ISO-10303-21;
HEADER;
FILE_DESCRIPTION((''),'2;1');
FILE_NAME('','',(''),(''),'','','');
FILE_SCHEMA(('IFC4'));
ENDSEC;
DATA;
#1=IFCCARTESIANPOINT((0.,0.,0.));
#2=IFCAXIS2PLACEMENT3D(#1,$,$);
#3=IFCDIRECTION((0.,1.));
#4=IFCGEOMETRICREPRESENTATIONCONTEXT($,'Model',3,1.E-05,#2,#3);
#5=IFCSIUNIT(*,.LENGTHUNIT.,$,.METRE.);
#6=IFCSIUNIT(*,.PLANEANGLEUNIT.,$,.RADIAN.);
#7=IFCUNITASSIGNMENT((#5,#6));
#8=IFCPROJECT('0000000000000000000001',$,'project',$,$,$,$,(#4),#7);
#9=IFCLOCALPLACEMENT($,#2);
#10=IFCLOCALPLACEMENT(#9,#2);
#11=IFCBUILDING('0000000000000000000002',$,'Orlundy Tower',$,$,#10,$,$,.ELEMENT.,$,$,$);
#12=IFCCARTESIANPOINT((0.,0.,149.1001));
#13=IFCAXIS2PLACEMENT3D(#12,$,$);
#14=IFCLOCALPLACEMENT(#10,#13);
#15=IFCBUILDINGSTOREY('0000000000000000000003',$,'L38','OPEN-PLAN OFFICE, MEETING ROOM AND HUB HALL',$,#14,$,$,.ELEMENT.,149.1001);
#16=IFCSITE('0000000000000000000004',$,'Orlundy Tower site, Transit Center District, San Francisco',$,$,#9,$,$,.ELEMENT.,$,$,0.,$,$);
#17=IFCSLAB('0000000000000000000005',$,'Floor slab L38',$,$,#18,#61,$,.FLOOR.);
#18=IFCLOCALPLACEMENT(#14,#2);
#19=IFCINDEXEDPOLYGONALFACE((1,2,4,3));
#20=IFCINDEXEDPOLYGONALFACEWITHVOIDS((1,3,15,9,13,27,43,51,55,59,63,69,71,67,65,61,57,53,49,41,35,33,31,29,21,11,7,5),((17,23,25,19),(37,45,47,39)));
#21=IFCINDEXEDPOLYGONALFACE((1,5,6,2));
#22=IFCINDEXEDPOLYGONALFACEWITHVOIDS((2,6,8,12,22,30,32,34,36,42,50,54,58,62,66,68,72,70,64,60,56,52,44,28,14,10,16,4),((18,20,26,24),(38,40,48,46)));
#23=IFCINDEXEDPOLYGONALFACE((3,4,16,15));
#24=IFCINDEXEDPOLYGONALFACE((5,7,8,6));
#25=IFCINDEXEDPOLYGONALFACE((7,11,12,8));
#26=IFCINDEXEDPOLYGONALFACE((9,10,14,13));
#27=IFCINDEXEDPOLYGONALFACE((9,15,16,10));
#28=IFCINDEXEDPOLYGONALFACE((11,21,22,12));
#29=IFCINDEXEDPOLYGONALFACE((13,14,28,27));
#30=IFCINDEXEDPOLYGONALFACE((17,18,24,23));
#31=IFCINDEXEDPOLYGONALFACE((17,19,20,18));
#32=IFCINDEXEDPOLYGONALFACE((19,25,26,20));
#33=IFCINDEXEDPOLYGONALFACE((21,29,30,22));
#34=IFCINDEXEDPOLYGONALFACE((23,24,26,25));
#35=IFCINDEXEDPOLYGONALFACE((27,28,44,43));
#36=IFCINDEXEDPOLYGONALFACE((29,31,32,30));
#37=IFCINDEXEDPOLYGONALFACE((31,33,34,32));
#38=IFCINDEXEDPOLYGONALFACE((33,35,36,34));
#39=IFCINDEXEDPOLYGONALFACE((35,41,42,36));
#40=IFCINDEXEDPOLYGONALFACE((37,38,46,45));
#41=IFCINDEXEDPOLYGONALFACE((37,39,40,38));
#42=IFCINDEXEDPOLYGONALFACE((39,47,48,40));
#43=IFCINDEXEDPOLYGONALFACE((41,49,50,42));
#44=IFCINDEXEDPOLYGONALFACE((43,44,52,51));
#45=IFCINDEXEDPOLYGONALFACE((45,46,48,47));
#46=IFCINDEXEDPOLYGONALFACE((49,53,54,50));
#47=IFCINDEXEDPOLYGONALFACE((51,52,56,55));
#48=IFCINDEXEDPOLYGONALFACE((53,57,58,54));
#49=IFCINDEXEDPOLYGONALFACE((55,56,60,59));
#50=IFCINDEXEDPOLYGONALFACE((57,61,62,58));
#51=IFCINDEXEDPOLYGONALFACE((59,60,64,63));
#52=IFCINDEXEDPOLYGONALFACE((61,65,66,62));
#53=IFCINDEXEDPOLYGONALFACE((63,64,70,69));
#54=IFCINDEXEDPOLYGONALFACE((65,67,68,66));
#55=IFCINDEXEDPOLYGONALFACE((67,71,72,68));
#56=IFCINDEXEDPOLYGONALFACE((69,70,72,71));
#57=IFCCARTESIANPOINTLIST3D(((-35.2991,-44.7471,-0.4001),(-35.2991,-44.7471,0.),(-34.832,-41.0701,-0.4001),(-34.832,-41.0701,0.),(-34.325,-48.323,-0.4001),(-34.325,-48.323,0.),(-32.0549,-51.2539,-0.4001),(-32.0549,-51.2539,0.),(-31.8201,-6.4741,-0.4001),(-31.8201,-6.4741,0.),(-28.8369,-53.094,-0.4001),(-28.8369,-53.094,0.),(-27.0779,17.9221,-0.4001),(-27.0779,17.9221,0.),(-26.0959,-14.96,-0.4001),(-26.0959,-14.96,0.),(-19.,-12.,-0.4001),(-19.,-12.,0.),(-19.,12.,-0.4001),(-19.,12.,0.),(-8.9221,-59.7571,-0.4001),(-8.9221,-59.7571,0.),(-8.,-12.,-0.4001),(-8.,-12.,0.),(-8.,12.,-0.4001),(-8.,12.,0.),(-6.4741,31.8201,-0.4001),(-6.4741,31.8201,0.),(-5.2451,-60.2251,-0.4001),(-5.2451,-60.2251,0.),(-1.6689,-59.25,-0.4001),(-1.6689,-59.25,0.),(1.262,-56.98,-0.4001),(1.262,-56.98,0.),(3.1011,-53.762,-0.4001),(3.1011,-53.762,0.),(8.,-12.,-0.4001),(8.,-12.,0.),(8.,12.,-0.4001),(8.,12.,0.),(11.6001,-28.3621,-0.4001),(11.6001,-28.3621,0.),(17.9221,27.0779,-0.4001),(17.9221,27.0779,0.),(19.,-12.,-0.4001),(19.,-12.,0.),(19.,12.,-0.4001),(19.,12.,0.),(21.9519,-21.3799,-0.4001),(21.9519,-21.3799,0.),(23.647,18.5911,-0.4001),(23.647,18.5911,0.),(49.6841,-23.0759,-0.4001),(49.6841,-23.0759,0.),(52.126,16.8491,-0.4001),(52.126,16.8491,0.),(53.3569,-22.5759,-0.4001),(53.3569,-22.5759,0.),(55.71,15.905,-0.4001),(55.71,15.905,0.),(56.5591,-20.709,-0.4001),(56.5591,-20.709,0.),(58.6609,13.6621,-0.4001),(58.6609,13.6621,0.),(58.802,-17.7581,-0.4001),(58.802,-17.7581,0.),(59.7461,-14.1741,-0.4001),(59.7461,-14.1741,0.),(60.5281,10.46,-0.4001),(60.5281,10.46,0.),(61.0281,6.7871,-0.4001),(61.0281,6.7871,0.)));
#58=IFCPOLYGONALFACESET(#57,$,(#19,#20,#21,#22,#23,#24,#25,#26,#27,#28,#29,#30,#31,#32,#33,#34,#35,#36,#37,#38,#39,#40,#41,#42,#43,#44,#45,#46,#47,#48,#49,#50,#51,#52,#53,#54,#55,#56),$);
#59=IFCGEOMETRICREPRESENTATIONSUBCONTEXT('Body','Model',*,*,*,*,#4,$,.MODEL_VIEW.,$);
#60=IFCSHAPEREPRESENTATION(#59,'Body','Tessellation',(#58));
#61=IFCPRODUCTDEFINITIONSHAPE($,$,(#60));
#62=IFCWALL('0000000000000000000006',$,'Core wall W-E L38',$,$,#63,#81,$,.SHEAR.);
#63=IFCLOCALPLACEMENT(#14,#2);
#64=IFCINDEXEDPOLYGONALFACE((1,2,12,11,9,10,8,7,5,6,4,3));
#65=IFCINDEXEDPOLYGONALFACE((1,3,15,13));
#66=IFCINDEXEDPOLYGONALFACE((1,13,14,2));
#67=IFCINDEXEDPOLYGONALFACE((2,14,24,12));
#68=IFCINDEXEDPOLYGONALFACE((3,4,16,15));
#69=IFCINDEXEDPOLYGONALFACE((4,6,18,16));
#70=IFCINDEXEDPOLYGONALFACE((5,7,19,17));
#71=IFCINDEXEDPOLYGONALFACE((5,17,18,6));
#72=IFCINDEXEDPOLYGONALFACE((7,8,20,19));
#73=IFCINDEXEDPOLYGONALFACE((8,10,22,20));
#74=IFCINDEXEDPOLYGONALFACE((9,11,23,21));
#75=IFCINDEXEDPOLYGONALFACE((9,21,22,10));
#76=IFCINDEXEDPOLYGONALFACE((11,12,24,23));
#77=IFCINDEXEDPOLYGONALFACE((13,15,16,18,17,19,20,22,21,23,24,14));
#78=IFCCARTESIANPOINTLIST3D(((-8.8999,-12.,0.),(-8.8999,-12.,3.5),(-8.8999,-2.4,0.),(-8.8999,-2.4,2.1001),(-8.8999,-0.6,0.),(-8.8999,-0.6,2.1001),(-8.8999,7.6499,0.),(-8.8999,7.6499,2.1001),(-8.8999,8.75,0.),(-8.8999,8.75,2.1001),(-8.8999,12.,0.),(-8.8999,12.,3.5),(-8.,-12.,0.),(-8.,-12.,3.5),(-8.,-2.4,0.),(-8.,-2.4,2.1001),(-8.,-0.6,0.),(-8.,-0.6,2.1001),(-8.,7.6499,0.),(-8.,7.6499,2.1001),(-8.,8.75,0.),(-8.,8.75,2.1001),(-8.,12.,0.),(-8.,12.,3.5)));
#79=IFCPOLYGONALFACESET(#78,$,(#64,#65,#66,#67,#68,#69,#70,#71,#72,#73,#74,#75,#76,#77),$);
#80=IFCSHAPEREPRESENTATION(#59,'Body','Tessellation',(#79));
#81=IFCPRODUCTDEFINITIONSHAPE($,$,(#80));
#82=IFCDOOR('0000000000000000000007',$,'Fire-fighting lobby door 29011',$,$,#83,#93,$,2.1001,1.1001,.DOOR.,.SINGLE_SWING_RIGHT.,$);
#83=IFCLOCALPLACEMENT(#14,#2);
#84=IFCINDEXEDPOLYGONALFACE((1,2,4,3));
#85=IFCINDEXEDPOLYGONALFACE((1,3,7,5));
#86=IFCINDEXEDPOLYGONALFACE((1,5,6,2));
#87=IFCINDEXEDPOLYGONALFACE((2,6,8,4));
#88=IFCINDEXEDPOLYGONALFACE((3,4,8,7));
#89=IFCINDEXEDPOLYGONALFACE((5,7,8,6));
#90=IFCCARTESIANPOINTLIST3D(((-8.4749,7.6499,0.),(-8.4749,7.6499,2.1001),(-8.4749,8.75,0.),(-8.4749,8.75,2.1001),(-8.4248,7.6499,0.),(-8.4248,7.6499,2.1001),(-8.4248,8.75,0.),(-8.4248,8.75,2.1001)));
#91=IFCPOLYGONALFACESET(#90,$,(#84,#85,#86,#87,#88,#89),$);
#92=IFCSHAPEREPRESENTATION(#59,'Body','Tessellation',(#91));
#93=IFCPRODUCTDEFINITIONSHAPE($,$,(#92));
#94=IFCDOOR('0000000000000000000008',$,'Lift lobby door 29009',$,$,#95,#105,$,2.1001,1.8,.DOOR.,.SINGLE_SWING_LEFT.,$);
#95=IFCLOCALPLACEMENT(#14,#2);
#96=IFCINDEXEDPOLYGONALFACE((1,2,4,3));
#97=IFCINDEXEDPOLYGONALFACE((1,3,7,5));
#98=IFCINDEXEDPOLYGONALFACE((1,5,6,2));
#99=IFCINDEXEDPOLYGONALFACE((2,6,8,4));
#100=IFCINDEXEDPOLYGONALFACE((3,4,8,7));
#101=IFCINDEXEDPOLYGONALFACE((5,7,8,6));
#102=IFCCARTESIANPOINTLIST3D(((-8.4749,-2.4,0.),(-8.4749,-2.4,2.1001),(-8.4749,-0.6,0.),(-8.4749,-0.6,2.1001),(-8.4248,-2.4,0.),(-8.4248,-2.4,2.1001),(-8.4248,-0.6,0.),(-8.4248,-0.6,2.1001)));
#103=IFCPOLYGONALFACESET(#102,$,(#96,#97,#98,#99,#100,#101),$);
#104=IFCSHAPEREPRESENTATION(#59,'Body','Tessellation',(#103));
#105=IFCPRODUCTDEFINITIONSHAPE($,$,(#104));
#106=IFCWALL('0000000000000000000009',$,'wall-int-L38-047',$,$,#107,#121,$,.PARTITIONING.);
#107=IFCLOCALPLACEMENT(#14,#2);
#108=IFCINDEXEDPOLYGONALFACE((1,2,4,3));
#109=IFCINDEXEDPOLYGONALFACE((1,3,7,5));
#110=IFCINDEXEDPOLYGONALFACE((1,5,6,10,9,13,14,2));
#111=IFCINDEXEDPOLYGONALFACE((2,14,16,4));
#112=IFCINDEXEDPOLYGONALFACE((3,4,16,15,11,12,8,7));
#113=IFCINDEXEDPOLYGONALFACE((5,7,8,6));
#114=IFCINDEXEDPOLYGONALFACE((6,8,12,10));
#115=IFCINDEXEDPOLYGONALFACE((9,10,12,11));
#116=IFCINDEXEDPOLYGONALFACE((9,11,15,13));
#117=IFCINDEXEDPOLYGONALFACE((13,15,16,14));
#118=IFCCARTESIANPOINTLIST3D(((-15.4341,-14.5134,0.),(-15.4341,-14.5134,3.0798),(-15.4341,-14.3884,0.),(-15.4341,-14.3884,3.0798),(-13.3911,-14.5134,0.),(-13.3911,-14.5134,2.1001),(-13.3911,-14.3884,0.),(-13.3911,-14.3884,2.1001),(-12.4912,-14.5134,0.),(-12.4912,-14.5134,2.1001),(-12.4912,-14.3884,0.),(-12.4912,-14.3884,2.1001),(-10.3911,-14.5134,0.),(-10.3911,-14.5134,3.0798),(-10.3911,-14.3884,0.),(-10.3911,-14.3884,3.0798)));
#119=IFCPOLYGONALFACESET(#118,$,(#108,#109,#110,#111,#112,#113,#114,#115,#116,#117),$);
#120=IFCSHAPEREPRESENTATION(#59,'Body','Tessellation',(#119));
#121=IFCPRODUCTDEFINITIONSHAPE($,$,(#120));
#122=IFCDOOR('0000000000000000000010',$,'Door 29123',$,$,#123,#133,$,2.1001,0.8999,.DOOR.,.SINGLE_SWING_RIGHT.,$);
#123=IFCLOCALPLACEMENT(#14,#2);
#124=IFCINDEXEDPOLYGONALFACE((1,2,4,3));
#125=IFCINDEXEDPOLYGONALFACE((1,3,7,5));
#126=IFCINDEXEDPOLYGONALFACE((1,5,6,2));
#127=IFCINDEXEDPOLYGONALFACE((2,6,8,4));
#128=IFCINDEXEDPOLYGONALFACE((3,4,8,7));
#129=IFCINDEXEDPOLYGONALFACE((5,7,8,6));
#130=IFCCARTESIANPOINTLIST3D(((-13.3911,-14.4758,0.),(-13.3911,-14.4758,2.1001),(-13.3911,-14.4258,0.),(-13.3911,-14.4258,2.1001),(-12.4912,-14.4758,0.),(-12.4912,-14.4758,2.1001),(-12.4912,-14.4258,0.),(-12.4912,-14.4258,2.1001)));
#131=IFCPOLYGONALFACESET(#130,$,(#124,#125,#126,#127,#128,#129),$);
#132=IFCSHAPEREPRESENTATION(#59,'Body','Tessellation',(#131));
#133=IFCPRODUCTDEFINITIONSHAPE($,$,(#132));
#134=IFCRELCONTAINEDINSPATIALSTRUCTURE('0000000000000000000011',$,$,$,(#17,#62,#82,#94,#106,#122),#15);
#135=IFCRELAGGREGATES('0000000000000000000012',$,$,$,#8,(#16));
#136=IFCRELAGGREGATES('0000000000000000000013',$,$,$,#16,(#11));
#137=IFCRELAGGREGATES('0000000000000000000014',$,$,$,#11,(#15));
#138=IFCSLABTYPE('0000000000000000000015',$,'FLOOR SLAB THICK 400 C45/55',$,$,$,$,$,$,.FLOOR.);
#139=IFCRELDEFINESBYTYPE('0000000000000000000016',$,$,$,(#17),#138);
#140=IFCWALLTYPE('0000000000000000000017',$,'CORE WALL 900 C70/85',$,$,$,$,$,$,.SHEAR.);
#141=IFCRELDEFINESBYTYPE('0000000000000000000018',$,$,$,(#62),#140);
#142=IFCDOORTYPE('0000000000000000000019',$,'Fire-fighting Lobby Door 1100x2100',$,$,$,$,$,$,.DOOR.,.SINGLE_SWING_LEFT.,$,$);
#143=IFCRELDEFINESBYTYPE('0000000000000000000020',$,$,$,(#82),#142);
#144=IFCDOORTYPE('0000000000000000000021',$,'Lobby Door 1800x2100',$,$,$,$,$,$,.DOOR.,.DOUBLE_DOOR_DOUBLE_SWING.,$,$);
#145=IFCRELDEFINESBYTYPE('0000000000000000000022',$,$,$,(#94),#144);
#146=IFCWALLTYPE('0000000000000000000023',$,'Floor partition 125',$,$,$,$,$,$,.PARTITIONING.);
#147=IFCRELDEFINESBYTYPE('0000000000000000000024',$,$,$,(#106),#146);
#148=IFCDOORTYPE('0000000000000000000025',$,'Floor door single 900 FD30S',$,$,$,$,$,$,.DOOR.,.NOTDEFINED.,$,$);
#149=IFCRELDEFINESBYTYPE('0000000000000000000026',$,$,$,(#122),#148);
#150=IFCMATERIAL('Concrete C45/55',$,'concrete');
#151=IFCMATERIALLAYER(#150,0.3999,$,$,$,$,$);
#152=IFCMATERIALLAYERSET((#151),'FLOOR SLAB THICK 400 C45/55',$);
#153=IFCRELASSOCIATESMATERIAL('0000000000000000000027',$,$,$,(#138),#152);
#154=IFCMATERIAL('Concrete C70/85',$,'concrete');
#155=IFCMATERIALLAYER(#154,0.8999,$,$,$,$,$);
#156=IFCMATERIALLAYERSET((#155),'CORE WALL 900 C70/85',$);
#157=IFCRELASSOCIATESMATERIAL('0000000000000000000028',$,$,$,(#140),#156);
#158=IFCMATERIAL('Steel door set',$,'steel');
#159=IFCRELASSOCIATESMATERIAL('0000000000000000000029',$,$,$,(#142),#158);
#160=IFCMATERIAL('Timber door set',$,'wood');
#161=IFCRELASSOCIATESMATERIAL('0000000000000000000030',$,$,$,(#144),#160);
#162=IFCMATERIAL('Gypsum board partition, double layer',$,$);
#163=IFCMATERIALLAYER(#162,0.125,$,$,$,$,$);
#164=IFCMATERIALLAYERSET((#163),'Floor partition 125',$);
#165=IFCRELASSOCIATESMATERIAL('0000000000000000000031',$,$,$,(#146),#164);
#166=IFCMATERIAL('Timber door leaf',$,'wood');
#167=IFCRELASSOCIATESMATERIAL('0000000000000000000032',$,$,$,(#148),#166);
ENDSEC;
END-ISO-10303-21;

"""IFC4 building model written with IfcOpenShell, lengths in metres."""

from ifc_helpers import new_model, si_unit, direction, frame, frame_2d, origin, place, context, subcontext, project, spatial, polyline, rectangle, outline, extrude, material, layer, layer_set, type_object, element, fill, save


model = new_model("IFC4")

# Units and contexts
model_context = context("Model", 3, precision=1e-05, world=origin(), true_north=direction((0.0, 1.0)))
body_context = subcontext(model_context, "Body", "Model", "MODEL_VIEW")
ifc_project = project(units=[si_unit("LENGTHUNIT", "METRE"), si_unit("PLANEANGLEUNIT", "RADIAN")], contexts=[model_context])

# Site, building, storey
site_placement = place(None, origin())
site = spatial("IfcSite", under=ifc_project, at=site_placement, Name="Orlundy Tower site, Transit Center District, San Francisco", CompositionType="ELEMENT", RefElevation=0.0)
building_placement = place(site_placement, origin())
building = spatial("IfcBuilding", under=site, at=building_placement, Name="Orlundy Tower", CompositionType="ELEMENT")
storey_placement = place(building_placement, frame((0.0, 0.0, 149.1001)))
storey = spatial("IfcBuildingStorey", under=building, at=storey_placement, Name="L38", Description="OPEN-PLAN OFFICE, MEETING ROOM AND HUB HALL", CompositionType="ELEMENT", Elevation=149.1001)

# Slab
ifc_material_1 = material(Name="Concrete C45/55", Category="concrete")
ifc_layer_1 = layer(ifc_material_1, 0.3999)
ifc_layer_set_1 = layer_set([ifc_layer_1], Name="FLOOR SLAB THICK 400 C45/55")
slab_type_1 = type_object("IfcSlabType", Name="FLOOR SLAB THICK 400 C45/55", PredefinedType="FLOOR", material=ifc_layer_set_1)
slab_1_placement = place(storey_placement, frame((0.0, 0.0, -0.4001)))
element("IfcSlab", 1, at=slab_1_placement, inside=storey, type_object=slab_type_1, Name="Floor slab L38", PredefinedType="FLOOR", context=body_context, shape_type="SweptSolid", body=[
    extrude(outline(polyline([(21.9519, -21.3799), (11.6001, -28.3621), (3.1011, -53.762), (1.262, -56.98), (-1.6689, -59.25), (-5.2451, -60.2251), (-8.9221, -59.7571), (-28.8369, -53.094), (-32.0549, -51.2539), (-34.325, -48.323), (-35.2991, -44.7471), (-34.832, -41.0701), (-26.0959, -14.96), (-31.8201, -6.4741), (-27.0779, 17.9221), (-6.4741, 31.8201), (17.9221, 27.0779), (23.647, 18.5911), (52.126, 16.8491), (55.71, 15.905), (58.6609, 13.6621), (60.5281, 10.46), (61.0281, 6.7871), (59.7461, -14.1741), (58.802, -17.7581), (56.5591, -20.709), (53.3569, -22.5759), (49.6841, -23.0759), (21.9519, -21.3799)]), holes=[polyline([(-8.0, -12.0), (-8.0, 12.0), (-19.0, 12.0), (-19.0, -12.0), (-8.0, -12.0)]), polyline([(19.0, -12.0), (19.0, 12.0), (8.0, 12.0), (8.0, -12.0), (19.0, -12.0)])]), origin(), (0.0, 0.0, 1.0), 0.4001),
])

# Wall, openings, doors
ifc_material_2 = material(Name="Concrete C70/85", Category="concrete")
ifc_layer_2 = layer(ifc_material_2, 0.8999)
ifc_layer_set_2 = layer_set([ifc_layer_2], Name="CORE WALL 900 C70/85")
wall_type_1 = type_object("IfcWallType", Name="CORE WALL 900 C70/85", PredefinedType="SHEAR", material=ifc_layer_set_2)
wall_1_placement = place(storey_placement, frame((-8.45, -12.0, 0.0), z_axis=(0.0, 0.0, 1.0), x_axis=(0.0, 1.0, 0.0)))
wall_1 = element("IfcWall", 2, at=wall_1_placement, inside=storey, type_object=wall_type_1, Name="Core wall W-E L38", PredefinedType="SHEAR", context=body_context, shape_type="SweptSolid", body=[
    extrude(rectangle(XDim=24.0, YDim=0.8999, at=frame_2d((12.0, 0.0))), origin(), (0.0, 0.0, 1.0), 3.5),
])
opening_1_placement = place(wall_1_placement, frame((9.6001, 0.0, 0.0)))
opening_1 = element("IfcOpeningElement", 3, at=opening_1_placement, cuts=wall_1, PredefinedType="OPENING", context=body_context, shape_type="SweptSolid", body=[
    extrude(rectangle(XDim=1.8, YDim=2.1001, at=frame_2d((0.8999, 1.05))), frame((0.0, 0.46, 0.0), z_axis=(0.0, -1.0, 0.0), x_axis=(1.0, 0.0, 0.0)), (0.0, 0.0, 1.0), 0.9199),
])
opening_2_placement = place(wall_1_placement, frame((19.6499, 0.0, 0.0)))
opening_2 = element("IfcOpeningElement", 4, at=opening_2_placement, cuts=wall_1, PredefinedType="OPENING", context=body_context, shape_type="SweptSolid", body=[
    extrude(rectangle(XDim=1.1001, YDim=2.1001, at=frame_2d((0.55, 1.05))), frame((0.0, 0.46, 0.0), z_axis=(0.0, -1.0, 0.0), x_axis=(1.0, 0.0, 0.0)), (0.0, 0.0, 1.0), 0.9199),
])
ifc_material_3 = material(Name="Steel door set", Category="steel")
door_type_1 = type_object("IfcDoorType", Name="Fire-fighting Lobby Door 1100x2100", OperationType="SINGLE_SWING_LEFT", PredefinedType="DOOR", material=ifc_material_3)
door_1_placement = place(opening_2_placement, origin())
door_1 = element("IfcDoor", 5, at=door_1_placement, inside=storey, type_object=door_type_1, Name="Fire-fighting lobby door 29011", OperationType="SINGLE_SWING_RIGHT", OverallHeight=2.1001, OverallWidth=1.1001, PredefinedType="DOOR", context=body_context, shape_type="SweptSolid", body=[
    extrude(rectangle(XDim=1.1001, YDim=2.1001, at=frame_2d((0.55, 1.05))), frame((0.0, 0.0249, 0.0), z_axis=(0.0, -1.0, 0.0), x_axis=(1.0, 0.0, 0.0)), (0.0, 0.0, 1.0), 0.05),
])
fill(opening_2, door_1)
ifc_material_4 = material(Name="Timber door set", Category="wood")
door_type_2 = type_object("IfcDoorType", Name="Lobby Door 1800x2100", OperationType="DOUBLE_DOOR_DOUBLE_SWING", PredefinedType="DOOR", material=ifc_material_4)
door_2_placement = place(opening_1_placement, origin())
door_2 = element("IfcDoor", 6, at=door_2_placement, inside=storey, type_object=door_type_2, Name="Lift lobby door 29009", OperationType="SINGLE_SWING_LEFT", OverallHeight=2.1001, OverallWidth=1.8, PredefinedType="DOOR", context=body_context, shape_type="SweptSolid", body=[
    extrude(rectangle(XDim=1.8, YDim=2.1001, at=frame_2d((0.8999, 1.05))), frame((0.0, 0.0249, 0.0), z_axis=(0.0, -1.0, 0.0), x_axis=(1.0, 0.0, 0.0)), (0.0, 0.0, 1.0), 0.05),
])
fill(opening_1, door_2)

# Wall, opening, door
ifc_material_5 = material(Name="Gypsum board partition, double layer")
ifc_layer_3 = layer(ifc_material_5, 0.125)
ifc_layer_set_3 = layer_set([ifc_layer_3], Name="Floor partition 125")
wall_type_2 = type_object("IfcWallType", Name="Floor partition 125", PredefinedType="PARTITIONING", material=ifc_layer_set_3)
wall_2_placement = place(storey_placement, frame((-10.3911, -14.4509, 0.0), z_axis=(0.0, 0.0, 1.0), x_axis=(-1.0, 0.0, 0.0)))
wall_2 = element("IfcWall", 7, at=wall_2_placement, inside=storey, type_object=wall_type_2, Name="wall-int-L38-047", PredefinedType="PARTITIONING", context=body_context, shape_type="SweptSolid", body=[
    extrude(rectangle(XDim=5.043, YDim=0.125, at=frame_2d((2.5215, 0.0))), origin(), (0.0, 0.0, 1.0), 3.0798),
])
opening_3_placement = place(wall_2_placement, frame((2.1001, 0.0, 0.0)))
opening_3 = element("IfcOpeningElement", 8, at=opening_3_placement, cuts=wall_2, PredefinedType="OPENING", context=body_context, shape_type="SweptSolid", body=[
    extrude(rectangle(XDim=0.8999, YDim=2.1001, at=frame_2d((0.45, 1.05))), frame((0.0, 0.0725, 0.0), z_axis=(0.0, -1.0, 0.0), x_axis=(1.0, 0.0, 0.0)), (0.0, 0.0, 1.0), 0.145),
])
ifc_material_6 = material(Name="Timber door leaf", Category="wood")
door_type_3 = type_object("IfcDoorType", Name="Floor door single 900 FD30S", OperationType="NOTDEFINED", PredefinedType="DOOR", material=ifc_material_6)
door_3_placement = place(opening_3_placement, origin())
door_3 = element("IfcDoor", 9, at=door_3_placement, inside=storey, type_object=door_type_3, Name="Door 29123", OperationType="SINGLE_SWING_RIGHT", OverallHeight=2.1001, OverallWidth=0.8999, PredefinedType="DOOR", context=body_context, shape_type="SweptSolid", body=[
    extrude(rectangle(XDim=0.8999, YDim=2.1001, at=frame_2d((0.45, 1.05))), frame((0.0, 0.0249, 0.0), z_axis=(0.0, -1.0, 0.0), x_axis=(1.0, 0.0, 0.0)), (0.0, 0.0, 1.0), 0.05),
])
fill(opening_3, door_3)

save(model, "model.ifc")
